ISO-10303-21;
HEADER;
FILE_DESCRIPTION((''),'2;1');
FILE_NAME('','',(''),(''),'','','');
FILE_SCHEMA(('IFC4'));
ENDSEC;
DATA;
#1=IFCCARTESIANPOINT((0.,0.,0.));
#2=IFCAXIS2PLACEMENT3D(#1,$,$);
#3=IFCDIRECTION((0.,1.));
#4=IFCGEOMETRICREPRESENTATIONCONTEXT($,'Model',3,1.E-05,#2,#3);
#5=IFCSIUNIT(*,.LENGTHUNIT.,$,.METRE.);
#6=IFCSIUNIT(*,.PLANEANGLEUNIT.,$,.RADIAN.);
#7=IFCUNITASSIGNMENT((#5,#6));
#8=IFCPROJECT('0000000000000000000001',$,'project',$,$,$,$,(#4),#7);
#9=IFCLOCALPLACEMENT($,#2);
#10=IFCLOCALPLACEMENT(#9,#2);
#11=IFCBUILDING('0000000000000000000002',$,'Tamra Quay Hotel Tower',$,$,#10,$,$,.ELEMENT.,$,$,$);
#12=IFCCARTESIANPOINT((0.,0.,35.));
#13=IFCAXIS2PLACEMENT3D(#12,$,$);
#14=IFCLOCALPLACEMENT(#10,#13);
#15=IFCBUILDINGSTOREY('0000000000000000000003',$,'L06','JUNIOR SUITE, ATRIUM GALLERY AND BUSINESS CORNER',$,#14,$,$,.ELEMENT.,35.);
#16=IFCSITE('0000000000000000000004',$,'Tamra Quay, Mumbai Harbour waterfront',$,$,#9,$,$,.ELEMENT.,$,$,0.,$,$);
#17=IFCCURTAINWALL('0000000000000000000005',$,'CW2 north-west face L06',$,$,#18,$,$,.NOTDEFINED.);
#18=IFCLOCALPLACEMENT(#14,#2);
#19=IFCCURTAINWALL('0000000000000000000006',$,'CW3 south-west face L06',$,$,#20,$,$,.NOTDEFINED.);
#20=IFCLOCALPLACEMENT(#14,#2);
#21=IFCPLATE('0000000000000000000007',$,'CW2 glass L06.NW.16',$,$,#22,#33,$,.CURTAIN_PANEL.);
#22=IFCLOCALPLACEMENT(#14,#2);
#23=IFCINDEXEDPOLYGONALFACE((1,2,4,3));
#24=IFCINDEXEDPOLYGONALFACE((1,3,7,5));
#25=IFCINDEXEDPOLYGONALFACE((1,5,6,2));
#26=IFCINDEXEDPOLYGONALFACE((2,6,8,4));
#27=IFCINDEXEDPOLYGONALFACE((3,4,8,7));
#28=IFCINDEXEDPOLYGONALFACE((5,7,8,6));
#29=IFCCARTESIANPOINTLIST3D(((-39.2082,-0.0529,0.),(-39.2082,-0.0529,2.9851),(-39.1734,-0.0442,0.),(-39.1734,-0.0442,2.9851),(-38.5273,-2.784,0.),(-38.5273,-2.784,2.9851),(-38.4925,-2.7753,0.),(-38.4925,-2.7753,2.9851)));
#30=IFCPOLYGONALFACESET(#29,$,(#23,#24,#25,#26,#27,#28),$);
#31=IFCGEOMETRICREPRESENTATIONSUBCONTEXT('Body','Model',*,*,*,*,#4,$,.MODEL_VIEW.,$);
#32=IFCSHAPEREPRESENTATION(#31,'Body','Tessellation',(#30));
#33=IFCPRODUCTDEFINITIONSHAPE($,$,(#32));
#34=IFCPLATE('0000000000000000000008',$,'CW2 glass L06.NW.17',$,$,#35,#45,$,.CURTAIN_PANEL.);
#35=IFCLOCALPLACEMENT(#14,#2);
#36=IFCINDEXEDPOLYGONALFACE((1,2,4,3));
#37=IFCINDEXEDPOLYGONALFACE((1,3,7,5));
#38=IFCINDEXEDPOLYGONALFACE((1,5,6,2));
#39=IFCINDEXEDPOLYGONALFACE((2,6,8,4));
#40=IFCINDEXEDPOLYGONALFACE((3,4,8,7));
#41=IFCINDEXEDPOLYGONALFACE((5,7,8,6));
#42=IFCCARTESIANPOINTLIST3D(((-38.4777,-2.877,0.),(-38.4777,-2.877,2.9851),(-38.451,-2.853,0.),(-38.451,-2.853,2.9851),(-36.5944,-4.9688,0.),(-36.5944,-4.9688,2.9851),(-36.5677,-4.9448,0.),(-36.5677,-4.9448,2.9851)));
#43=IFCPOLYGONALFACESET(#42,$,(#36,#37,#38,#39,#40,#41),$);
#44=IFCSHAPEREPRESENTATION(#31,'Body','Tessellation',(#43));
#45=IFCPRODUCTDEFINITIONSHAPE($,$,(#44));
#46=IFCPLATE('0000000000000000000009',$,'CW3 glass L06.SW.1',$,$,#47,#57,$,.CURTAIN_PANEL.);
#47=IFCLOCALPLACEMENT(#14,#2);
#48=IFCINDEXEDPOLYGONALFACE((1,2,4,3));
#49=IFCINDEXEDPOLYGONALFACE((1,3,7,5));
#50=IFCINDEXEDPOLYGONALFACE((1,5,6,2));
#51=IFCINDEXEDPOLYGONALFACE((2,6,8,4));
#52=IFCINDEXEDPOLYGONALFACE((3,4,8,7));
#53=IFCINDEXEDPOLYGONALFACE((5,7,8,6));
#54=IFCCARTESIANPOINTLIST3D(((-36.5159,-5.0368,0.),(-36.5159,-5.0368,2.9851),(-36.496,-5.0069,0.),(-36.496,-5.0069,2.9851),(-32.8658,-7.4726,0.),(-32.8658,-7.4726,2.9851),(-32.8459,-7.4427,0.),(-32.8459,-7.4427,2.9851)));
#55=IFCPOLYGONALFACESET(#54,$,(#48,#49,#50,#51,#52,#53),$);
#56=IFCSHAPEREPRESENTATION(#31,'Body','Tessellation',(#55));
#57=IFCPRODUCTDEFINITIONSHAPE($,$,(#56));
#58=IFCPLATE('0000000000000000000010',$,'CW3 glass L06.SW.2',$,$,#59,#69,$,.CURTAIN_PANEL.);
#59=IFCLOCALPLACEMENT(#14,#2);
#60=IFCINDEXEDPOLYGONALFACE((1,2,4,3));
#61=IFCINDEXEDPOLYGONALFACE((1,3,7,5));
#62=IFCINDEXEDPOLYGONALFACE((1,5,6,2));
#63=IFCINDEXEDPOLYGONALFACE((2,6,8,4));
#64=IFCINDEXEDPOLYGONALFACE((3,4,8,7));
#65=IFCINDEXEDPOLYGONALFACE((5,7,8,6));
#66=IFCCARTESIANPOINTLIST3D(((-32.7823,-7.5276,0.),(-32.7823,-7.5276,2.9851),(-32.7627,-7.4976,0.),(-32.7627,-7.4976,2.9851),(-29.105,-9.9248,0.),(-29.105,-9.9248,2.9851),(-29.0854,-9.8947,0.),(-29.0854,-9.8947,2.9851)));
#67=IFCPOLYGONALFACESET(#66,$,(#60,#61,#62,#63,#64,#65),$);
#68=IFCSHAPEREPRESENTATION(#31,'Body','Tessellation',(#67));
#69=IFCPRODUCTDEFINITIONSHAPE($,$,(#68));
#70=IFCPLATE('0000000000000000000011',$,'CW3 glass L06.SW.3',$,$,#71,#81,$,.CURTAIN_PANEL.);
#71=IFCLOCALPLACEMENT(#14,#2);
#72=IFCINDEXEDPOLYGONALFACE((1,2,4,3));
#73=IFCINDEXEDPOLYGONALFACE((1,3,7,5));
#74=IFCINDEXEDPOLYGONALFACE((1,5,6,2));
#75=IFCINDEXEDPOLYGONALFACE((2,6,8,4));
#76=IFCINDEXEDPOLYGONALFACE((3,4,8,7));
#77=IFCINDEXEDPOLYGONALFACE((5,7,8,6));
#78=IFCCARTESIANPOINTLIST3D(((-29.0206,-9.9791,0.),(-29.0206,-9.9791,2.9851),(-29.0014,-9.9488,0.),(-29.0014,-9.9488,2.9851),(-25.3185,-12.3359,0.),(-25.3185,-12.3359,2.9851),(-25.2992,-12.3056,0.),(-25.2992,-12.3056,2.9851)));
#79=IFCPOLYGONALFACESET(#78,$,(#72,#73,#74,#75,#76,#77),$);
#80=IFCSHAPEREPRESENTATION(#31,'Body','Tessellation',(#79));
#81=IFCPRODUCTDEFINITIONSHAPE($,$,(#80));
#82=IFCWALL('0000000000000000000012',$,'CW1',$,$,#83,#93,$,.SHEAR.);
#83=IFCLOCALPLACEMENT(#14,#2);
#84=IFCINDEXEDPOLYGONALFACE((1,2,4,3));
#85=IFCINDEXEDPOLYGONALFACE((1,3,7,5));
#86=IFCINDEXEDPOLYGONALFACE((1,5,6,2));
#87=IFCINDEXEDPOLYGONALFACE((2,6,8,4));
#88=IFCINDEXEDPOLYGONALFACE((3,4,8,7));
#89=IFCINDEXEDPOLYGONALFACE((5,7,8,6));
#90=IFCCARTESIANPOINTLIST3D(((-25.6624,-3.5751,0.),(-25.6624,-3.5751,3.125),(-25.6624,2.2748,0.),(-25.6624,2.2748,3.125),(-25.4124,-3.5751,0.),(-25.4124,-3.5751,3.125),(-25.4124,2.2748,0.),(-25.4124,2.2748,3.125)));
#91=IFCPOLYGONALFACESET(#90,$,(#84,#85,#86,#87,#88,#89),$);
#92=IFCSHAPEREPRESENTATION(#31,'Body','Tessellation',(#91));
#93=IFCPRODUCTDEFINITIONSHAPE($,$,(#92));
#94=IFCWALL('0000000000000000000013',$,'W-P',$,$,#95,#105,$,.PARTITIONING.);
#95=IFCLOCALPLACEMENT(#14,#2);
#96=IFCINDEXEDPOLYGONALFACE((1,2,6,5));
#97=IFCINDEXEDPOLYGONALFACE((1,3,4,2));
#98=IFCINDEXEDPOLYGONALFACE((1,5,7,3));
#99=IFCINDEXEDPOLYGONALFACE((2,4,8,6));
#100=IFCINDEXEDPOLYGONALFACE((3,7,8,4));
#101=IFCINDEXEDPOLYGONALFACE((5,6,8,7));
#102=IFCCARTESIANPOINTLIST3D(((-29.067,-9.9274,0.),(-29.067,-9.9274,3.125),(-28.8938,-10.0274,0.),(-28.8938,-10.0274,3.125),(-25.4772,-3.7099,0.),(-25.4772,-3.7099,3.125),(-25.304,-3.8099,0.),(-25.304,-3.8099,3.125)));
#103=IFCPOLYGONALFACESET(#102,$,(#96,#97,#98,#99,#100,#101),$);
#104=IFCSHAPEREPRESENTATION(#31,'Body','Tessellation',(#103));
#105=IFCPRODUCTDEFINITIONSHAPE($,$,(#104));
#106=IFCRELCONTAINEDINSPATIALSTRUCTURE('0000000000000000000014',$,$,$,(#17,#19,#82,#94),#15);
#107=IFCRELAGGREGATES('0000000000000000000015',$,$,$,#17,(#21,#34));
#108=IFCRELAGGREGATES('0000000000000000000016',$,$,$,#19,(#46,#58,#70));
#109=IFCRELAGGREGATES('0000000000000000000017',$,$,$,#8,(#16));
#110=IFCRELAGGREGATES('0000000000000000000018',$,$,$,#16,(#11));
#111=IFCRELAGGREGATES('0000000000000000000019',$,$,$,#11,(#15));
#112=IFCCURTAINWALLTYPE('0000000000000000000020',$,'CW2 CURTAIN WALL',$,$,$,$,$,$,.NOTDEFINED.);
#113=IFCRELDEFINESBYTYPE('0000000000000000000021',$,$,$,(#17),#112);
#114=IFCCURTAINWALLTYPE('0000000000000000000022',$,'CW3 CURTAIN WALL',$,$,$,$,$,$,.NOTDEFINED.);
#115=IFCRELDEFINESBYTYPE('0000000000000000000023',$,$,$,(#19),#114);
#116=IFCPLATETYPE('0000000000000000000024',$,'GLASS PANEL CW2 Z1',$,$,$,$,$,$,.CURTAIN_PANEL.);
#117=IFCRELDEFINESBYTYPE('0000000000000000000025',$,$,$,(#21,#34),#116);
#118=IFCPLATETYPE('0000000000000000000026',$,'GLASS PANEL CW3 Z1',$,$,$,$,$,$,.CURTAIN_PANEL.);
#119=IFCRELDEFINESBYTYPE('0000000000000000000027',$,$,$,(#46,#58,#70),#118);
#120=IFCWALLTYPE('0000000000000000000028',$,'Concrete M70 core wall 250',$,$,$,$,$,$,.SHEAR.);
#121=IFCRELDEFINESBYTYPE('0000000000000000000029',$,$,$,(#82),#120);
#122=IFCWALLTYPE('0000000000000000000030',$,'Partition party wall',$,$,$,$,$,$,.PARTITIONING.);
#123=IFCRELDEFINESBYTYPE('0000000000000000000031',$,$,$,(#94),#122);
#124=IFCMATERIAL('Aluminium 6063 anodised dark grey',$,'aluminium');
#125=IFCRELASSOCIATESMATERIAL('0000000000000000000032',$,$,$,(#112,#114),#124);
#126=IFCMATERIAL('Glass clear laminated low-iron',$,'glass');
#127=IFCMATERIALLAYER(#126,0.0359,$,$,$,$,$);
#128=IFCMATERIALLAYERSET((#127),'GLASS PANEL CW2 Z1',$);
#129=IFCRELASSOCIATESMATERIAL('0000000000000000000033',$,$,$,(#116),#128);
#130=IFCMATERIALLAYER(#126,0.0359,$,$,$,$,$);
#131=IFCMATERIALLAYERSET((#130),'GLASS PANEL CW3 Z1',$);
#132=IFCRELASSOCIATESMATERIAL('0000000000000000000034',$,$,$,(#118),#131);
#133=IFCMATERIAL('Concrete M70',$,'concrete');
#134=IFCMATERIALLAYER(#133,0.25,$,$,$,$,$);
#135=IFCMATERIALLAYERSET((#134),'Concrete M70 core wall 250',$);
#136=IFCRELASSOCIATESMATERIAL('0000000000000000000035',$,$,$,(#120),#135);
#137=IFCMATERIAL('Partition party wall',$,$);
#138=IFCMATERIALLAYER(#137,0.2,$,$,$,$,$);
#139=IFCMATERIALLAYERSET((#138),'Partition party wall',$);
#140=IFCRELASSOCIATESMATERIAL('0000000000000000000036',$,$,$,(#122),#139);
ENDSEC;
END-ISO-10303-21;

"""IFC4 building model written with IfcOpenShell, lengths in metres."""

from ifc_helpers import new_model, si_unit, direction, frame, frame_2d, origin, origin_2d, place, context, subcontext, project, spatial, rectangle, extrude, material, layer, layer_set, type_object, element, aggregate, save


model = new_model("IFC4")

# Units and contexts
model_context = context("Model", 3, precision=1e-05, world=origin(), true_north=direction((0.0, 1.0)))
body_context = subcontext(model_context, "Body", "Model", "MODEL_VIEW")
ifc_project = project(units=[si_unit("LENGTHUNIT", "METRE"), si_unit("PLANEANGLEUNIT", "RADIAN")], contexts=[model_context])

# Site, building, storey
site_placement = place(None, origin())
site = spatial("IfcSite", under=ifc_project, at=site_placement, Name="Tamra Quay, Mumbai Harbour waterfront", CompositionType="ELEMENT", RefElevation=0.0)
building_placement = place(site_placement, origin())
building = spatial("IfcBuilding", under=site, at=building_placement, Name="Tamra Quay Hotel Tower", CompositionType="ELEMENT")
storey_placement = place(building_placement, frame((0.0, 0.0, 35.0)))
storey = spatial("IfcBuildingStorey", under=building, at=storey_placement, Name="L06", Description="JUNIOR SUITE, ATRIUM GALLERY AND BUSINESS CORNER", CompositionType="ELEMENT", Elevation=35.0)

# Shared definitions
ifc_material_1 = material(Name="Concrete M70", Category="concrete")

# Curtain walls
ifc_material_2 = material(Name="Aluminium 6063 anodised dark grey", Category="aluminium")
curtain_wall_type_1 = type_object("IfcCurtainWallType", Name="CW2 CURTAIN WALL", PredefinedType="NOTDEFINED", material=ifc_material_2)
curtain_wall_1_placement = place(storey_placement, origin())
curtain_wall_1 = element("IfcCurtainWall", 1, at=curtain_wall_1_placement, inside=storey, type_object=curtain_wall_type_1, Name="CW2 north-west face L06", PredefinedType="NOTDEFINED")
curtain_wall_type_2 = type_object("IfcCurtainWallType", Name="CW3 CURTAIN WALL", PredefinedType="NOTDEFINED", material=ifc_material_2)
curtain_wall_2_placement = place(storey_placement, origin())
curtain_wall_2 = element("IfcCurtainWall", 2, at=curtain_wall_2_placement, inside=storey, type_object=curtain_wall_type_2, Name="CW3 south-west face L06", PredefinedType="NOTDEFINED")

# Plates
ifc_material_3 = material(Name="Glass clear laminated low-iron", Category="glass")
ifc_layer_1 = layer(ifc_material_3, 0.0359)
ifc_layer_set_1 = layer_set([ifc_layer_1], Name="GLASS PANEL CW2 Z1")
plate_type_1 = type_object("IfcPlateType", Name="GLASS PANEL CW2 Z1", PredefinedType="CURTAIN_PANEL", material=ifc_layer_set_1)
plate_1_placement = place(storey_placement, frame((-38.8503, -1.4141, 0.0), z_axis=(0.0, 0.0, 1.0), x_axis=(0.241914, -0.970298, 0.0)))
plate_1 = element("IfcPlate", 3, at=plate_1_placement, type_object=plate_type_1, Name="CW2 glass L06.NW.16", PredefinedType="CURTAIN_PANEL", context=body_context, shape_type="SweptSolid", body=[
    extrude(rectangle(XDim=2.8147, YDim=0.0359, at=origin_2d()), origin(), (0.0, 0.0, 1.0), 2.9851),
])
plate_2_placement = place(storey_placement, frame((-37.5227, -3.9109, 0.0), z_axis=(0.0, 0.0, 1.0), x_axis=(0.669112, -0.743161, 0.0)))
plate_2 = element("IfcPlate", 4, at=plate_2_placement, type_object=plate_type_1, Name="CW2 glass L06.NW.17", PredefinedType="CURTAIN_PANEL", context=body_context, shape_type="SweptSolid", body=[
    extrude(rectangle(XDim=2.8147, YDim=0.0359, at=origin_2d()), origin(), (0.0, 0.0, 1.0), 2.9851),
])
aggregate(curtain_wall_1, [plate_1, plate_2])
ifc_layer_2 = layer(ifc_material_3, 0.0359)
ifc_layer_set_2 = layer_set([ifc_layer_2], Name="GLASS PANEL CW3 Z1")
plate_type_2 = type_object("IfcPlateType", Name="GLASS PANEL CW3 Z1", PredefinedType="CURTAIN_PANEL", material=ifc_layer_set_2)
plate_3_placement = place(storey_placement, frame((-34.6809, -6.2397, 0.0), z_axis=(0.0, 0.0, 1.0), x_axis=(0.831798, -0.555079, 0.0)))
plate_3 = element("IfcPlate", 5, at=plate_3_placement, type_object=plate_type_2, Name="CW3 glass L06.SW.1", PredefinedType="CURTAIN_PANEL", context=body_context, shape_type="SweptSolid", body=[
    extrude(rectangle(XDim=4.3882, YDim=0.0359, at=origin_2d()), origin(), (0.0, 0.0, 1.0), 2.9851),
])
plate_4_placement = place(storey_placement, frame((-30.9338, -8.7112, 0.0), z_axis=(0.0, 0.0, 1.0), x_axis=(0.837728, -0.546088, 0.0)))
plate_4 = element("IfcPlate", 6, at=plate_4_placement, type_object=plate_type_2, Name="CW3 glass L06.SW.2", PredefinedType="CURTAIN_PANEL", context=body_context, shape_type="SweptSolid", body=[
    extrude(rectangle(XDim=4.3896, YDim=0.0359, at=origin_2d()), origin(), (0.0, 0.0, 1.0), 2.9851),
])
plate_5_placement = place(storey_placement, frame((-27.1599, -11.1423, 0.0), z_axis=(0.0, 0.0, 1.0), x_axis=(0.843571, -0.537018, 0.0)))
plate_5 = element("IfcPlate", 7, at=plate_5_placement, type_object=plate_type_2, Name="CW3 glass L06.SW.3", PredefinedType="CURTAIN_PANEL", context=body_context, shape_type="SweptSolid", body=[
    extrude(rectangle(XDim=4.3887, YDim=0.0359, at=origin_2d()), origin(), (0.0, 0.0, 1.0), 2.9851),
])
aggregate(curtain_wall_2, [plate_3, plate_4, plate_5])

# Walls
ifc_layer_3 = layer(ifc_material_1, 0.25)
ifc_layer_set_3 = layer_set([ifc_layer_3], Name="Concrete M70 core wall 250")
wall_type_1 = type_object("IfcWallType", Name="Concrete M70 core wall 250", PredefinedType="SHEAR", material=ifc_layer_set_3)
wall_1_placement = place(storey_placement, frame((-25.5374, -3.575, 0.0), z_axis=(0.0, 0.0, 1.0), x_axis=(0.0, 1.0, 0.0)))
element("IfcWall", 8, at=wall_1_placement, inside=storey, type_object=wall_type_1, Name="CW1", PredefinedType="SHEAR", context=body_context, shape_type="SweptSolid", body=[
    extrude(rectangle(XDim=5.8499, YDim=0.25, at=frame_2d((2.9248, 0.0))), origin(), (0.0, 0.0, 1.0), 3.125),
])
ifc_material_4 = material(Name="Partition party wall")
ifc_layer_4 = layer(ifc_material_4, 0.2)
ifc_layer_set_4 = layer_set([ifc_layer_4], Name="Partition party wall")
wall_type_2 = type_object("IfcWallType", Name="Partition party wall", PredefinedType="PARTITIONING", material=ifc_layer_set_4)
wall_2_placement = place(storey_placement, frame((-28.9805, -9.9775, 0.0), z_axis=(0.0, 0.0, 1.0), x_axis=(0.500016, 0.866016, 0.0)))
element("IfcWall", 9, at=wall_2_placement, inside=storey, type_object=wall_type_2, Name="W-P", PredefinedType="PARTITIONING", context=body_context, shape_type="SweptSolid", body=[
    extrude(rectangle(XDim=7.1794, YDim=0.2, at=frame_2d((3.5898, 0.0))), origin(), (0.0, 0.0, 1.0), 3.125),
])

save(model, "model.ifc")
